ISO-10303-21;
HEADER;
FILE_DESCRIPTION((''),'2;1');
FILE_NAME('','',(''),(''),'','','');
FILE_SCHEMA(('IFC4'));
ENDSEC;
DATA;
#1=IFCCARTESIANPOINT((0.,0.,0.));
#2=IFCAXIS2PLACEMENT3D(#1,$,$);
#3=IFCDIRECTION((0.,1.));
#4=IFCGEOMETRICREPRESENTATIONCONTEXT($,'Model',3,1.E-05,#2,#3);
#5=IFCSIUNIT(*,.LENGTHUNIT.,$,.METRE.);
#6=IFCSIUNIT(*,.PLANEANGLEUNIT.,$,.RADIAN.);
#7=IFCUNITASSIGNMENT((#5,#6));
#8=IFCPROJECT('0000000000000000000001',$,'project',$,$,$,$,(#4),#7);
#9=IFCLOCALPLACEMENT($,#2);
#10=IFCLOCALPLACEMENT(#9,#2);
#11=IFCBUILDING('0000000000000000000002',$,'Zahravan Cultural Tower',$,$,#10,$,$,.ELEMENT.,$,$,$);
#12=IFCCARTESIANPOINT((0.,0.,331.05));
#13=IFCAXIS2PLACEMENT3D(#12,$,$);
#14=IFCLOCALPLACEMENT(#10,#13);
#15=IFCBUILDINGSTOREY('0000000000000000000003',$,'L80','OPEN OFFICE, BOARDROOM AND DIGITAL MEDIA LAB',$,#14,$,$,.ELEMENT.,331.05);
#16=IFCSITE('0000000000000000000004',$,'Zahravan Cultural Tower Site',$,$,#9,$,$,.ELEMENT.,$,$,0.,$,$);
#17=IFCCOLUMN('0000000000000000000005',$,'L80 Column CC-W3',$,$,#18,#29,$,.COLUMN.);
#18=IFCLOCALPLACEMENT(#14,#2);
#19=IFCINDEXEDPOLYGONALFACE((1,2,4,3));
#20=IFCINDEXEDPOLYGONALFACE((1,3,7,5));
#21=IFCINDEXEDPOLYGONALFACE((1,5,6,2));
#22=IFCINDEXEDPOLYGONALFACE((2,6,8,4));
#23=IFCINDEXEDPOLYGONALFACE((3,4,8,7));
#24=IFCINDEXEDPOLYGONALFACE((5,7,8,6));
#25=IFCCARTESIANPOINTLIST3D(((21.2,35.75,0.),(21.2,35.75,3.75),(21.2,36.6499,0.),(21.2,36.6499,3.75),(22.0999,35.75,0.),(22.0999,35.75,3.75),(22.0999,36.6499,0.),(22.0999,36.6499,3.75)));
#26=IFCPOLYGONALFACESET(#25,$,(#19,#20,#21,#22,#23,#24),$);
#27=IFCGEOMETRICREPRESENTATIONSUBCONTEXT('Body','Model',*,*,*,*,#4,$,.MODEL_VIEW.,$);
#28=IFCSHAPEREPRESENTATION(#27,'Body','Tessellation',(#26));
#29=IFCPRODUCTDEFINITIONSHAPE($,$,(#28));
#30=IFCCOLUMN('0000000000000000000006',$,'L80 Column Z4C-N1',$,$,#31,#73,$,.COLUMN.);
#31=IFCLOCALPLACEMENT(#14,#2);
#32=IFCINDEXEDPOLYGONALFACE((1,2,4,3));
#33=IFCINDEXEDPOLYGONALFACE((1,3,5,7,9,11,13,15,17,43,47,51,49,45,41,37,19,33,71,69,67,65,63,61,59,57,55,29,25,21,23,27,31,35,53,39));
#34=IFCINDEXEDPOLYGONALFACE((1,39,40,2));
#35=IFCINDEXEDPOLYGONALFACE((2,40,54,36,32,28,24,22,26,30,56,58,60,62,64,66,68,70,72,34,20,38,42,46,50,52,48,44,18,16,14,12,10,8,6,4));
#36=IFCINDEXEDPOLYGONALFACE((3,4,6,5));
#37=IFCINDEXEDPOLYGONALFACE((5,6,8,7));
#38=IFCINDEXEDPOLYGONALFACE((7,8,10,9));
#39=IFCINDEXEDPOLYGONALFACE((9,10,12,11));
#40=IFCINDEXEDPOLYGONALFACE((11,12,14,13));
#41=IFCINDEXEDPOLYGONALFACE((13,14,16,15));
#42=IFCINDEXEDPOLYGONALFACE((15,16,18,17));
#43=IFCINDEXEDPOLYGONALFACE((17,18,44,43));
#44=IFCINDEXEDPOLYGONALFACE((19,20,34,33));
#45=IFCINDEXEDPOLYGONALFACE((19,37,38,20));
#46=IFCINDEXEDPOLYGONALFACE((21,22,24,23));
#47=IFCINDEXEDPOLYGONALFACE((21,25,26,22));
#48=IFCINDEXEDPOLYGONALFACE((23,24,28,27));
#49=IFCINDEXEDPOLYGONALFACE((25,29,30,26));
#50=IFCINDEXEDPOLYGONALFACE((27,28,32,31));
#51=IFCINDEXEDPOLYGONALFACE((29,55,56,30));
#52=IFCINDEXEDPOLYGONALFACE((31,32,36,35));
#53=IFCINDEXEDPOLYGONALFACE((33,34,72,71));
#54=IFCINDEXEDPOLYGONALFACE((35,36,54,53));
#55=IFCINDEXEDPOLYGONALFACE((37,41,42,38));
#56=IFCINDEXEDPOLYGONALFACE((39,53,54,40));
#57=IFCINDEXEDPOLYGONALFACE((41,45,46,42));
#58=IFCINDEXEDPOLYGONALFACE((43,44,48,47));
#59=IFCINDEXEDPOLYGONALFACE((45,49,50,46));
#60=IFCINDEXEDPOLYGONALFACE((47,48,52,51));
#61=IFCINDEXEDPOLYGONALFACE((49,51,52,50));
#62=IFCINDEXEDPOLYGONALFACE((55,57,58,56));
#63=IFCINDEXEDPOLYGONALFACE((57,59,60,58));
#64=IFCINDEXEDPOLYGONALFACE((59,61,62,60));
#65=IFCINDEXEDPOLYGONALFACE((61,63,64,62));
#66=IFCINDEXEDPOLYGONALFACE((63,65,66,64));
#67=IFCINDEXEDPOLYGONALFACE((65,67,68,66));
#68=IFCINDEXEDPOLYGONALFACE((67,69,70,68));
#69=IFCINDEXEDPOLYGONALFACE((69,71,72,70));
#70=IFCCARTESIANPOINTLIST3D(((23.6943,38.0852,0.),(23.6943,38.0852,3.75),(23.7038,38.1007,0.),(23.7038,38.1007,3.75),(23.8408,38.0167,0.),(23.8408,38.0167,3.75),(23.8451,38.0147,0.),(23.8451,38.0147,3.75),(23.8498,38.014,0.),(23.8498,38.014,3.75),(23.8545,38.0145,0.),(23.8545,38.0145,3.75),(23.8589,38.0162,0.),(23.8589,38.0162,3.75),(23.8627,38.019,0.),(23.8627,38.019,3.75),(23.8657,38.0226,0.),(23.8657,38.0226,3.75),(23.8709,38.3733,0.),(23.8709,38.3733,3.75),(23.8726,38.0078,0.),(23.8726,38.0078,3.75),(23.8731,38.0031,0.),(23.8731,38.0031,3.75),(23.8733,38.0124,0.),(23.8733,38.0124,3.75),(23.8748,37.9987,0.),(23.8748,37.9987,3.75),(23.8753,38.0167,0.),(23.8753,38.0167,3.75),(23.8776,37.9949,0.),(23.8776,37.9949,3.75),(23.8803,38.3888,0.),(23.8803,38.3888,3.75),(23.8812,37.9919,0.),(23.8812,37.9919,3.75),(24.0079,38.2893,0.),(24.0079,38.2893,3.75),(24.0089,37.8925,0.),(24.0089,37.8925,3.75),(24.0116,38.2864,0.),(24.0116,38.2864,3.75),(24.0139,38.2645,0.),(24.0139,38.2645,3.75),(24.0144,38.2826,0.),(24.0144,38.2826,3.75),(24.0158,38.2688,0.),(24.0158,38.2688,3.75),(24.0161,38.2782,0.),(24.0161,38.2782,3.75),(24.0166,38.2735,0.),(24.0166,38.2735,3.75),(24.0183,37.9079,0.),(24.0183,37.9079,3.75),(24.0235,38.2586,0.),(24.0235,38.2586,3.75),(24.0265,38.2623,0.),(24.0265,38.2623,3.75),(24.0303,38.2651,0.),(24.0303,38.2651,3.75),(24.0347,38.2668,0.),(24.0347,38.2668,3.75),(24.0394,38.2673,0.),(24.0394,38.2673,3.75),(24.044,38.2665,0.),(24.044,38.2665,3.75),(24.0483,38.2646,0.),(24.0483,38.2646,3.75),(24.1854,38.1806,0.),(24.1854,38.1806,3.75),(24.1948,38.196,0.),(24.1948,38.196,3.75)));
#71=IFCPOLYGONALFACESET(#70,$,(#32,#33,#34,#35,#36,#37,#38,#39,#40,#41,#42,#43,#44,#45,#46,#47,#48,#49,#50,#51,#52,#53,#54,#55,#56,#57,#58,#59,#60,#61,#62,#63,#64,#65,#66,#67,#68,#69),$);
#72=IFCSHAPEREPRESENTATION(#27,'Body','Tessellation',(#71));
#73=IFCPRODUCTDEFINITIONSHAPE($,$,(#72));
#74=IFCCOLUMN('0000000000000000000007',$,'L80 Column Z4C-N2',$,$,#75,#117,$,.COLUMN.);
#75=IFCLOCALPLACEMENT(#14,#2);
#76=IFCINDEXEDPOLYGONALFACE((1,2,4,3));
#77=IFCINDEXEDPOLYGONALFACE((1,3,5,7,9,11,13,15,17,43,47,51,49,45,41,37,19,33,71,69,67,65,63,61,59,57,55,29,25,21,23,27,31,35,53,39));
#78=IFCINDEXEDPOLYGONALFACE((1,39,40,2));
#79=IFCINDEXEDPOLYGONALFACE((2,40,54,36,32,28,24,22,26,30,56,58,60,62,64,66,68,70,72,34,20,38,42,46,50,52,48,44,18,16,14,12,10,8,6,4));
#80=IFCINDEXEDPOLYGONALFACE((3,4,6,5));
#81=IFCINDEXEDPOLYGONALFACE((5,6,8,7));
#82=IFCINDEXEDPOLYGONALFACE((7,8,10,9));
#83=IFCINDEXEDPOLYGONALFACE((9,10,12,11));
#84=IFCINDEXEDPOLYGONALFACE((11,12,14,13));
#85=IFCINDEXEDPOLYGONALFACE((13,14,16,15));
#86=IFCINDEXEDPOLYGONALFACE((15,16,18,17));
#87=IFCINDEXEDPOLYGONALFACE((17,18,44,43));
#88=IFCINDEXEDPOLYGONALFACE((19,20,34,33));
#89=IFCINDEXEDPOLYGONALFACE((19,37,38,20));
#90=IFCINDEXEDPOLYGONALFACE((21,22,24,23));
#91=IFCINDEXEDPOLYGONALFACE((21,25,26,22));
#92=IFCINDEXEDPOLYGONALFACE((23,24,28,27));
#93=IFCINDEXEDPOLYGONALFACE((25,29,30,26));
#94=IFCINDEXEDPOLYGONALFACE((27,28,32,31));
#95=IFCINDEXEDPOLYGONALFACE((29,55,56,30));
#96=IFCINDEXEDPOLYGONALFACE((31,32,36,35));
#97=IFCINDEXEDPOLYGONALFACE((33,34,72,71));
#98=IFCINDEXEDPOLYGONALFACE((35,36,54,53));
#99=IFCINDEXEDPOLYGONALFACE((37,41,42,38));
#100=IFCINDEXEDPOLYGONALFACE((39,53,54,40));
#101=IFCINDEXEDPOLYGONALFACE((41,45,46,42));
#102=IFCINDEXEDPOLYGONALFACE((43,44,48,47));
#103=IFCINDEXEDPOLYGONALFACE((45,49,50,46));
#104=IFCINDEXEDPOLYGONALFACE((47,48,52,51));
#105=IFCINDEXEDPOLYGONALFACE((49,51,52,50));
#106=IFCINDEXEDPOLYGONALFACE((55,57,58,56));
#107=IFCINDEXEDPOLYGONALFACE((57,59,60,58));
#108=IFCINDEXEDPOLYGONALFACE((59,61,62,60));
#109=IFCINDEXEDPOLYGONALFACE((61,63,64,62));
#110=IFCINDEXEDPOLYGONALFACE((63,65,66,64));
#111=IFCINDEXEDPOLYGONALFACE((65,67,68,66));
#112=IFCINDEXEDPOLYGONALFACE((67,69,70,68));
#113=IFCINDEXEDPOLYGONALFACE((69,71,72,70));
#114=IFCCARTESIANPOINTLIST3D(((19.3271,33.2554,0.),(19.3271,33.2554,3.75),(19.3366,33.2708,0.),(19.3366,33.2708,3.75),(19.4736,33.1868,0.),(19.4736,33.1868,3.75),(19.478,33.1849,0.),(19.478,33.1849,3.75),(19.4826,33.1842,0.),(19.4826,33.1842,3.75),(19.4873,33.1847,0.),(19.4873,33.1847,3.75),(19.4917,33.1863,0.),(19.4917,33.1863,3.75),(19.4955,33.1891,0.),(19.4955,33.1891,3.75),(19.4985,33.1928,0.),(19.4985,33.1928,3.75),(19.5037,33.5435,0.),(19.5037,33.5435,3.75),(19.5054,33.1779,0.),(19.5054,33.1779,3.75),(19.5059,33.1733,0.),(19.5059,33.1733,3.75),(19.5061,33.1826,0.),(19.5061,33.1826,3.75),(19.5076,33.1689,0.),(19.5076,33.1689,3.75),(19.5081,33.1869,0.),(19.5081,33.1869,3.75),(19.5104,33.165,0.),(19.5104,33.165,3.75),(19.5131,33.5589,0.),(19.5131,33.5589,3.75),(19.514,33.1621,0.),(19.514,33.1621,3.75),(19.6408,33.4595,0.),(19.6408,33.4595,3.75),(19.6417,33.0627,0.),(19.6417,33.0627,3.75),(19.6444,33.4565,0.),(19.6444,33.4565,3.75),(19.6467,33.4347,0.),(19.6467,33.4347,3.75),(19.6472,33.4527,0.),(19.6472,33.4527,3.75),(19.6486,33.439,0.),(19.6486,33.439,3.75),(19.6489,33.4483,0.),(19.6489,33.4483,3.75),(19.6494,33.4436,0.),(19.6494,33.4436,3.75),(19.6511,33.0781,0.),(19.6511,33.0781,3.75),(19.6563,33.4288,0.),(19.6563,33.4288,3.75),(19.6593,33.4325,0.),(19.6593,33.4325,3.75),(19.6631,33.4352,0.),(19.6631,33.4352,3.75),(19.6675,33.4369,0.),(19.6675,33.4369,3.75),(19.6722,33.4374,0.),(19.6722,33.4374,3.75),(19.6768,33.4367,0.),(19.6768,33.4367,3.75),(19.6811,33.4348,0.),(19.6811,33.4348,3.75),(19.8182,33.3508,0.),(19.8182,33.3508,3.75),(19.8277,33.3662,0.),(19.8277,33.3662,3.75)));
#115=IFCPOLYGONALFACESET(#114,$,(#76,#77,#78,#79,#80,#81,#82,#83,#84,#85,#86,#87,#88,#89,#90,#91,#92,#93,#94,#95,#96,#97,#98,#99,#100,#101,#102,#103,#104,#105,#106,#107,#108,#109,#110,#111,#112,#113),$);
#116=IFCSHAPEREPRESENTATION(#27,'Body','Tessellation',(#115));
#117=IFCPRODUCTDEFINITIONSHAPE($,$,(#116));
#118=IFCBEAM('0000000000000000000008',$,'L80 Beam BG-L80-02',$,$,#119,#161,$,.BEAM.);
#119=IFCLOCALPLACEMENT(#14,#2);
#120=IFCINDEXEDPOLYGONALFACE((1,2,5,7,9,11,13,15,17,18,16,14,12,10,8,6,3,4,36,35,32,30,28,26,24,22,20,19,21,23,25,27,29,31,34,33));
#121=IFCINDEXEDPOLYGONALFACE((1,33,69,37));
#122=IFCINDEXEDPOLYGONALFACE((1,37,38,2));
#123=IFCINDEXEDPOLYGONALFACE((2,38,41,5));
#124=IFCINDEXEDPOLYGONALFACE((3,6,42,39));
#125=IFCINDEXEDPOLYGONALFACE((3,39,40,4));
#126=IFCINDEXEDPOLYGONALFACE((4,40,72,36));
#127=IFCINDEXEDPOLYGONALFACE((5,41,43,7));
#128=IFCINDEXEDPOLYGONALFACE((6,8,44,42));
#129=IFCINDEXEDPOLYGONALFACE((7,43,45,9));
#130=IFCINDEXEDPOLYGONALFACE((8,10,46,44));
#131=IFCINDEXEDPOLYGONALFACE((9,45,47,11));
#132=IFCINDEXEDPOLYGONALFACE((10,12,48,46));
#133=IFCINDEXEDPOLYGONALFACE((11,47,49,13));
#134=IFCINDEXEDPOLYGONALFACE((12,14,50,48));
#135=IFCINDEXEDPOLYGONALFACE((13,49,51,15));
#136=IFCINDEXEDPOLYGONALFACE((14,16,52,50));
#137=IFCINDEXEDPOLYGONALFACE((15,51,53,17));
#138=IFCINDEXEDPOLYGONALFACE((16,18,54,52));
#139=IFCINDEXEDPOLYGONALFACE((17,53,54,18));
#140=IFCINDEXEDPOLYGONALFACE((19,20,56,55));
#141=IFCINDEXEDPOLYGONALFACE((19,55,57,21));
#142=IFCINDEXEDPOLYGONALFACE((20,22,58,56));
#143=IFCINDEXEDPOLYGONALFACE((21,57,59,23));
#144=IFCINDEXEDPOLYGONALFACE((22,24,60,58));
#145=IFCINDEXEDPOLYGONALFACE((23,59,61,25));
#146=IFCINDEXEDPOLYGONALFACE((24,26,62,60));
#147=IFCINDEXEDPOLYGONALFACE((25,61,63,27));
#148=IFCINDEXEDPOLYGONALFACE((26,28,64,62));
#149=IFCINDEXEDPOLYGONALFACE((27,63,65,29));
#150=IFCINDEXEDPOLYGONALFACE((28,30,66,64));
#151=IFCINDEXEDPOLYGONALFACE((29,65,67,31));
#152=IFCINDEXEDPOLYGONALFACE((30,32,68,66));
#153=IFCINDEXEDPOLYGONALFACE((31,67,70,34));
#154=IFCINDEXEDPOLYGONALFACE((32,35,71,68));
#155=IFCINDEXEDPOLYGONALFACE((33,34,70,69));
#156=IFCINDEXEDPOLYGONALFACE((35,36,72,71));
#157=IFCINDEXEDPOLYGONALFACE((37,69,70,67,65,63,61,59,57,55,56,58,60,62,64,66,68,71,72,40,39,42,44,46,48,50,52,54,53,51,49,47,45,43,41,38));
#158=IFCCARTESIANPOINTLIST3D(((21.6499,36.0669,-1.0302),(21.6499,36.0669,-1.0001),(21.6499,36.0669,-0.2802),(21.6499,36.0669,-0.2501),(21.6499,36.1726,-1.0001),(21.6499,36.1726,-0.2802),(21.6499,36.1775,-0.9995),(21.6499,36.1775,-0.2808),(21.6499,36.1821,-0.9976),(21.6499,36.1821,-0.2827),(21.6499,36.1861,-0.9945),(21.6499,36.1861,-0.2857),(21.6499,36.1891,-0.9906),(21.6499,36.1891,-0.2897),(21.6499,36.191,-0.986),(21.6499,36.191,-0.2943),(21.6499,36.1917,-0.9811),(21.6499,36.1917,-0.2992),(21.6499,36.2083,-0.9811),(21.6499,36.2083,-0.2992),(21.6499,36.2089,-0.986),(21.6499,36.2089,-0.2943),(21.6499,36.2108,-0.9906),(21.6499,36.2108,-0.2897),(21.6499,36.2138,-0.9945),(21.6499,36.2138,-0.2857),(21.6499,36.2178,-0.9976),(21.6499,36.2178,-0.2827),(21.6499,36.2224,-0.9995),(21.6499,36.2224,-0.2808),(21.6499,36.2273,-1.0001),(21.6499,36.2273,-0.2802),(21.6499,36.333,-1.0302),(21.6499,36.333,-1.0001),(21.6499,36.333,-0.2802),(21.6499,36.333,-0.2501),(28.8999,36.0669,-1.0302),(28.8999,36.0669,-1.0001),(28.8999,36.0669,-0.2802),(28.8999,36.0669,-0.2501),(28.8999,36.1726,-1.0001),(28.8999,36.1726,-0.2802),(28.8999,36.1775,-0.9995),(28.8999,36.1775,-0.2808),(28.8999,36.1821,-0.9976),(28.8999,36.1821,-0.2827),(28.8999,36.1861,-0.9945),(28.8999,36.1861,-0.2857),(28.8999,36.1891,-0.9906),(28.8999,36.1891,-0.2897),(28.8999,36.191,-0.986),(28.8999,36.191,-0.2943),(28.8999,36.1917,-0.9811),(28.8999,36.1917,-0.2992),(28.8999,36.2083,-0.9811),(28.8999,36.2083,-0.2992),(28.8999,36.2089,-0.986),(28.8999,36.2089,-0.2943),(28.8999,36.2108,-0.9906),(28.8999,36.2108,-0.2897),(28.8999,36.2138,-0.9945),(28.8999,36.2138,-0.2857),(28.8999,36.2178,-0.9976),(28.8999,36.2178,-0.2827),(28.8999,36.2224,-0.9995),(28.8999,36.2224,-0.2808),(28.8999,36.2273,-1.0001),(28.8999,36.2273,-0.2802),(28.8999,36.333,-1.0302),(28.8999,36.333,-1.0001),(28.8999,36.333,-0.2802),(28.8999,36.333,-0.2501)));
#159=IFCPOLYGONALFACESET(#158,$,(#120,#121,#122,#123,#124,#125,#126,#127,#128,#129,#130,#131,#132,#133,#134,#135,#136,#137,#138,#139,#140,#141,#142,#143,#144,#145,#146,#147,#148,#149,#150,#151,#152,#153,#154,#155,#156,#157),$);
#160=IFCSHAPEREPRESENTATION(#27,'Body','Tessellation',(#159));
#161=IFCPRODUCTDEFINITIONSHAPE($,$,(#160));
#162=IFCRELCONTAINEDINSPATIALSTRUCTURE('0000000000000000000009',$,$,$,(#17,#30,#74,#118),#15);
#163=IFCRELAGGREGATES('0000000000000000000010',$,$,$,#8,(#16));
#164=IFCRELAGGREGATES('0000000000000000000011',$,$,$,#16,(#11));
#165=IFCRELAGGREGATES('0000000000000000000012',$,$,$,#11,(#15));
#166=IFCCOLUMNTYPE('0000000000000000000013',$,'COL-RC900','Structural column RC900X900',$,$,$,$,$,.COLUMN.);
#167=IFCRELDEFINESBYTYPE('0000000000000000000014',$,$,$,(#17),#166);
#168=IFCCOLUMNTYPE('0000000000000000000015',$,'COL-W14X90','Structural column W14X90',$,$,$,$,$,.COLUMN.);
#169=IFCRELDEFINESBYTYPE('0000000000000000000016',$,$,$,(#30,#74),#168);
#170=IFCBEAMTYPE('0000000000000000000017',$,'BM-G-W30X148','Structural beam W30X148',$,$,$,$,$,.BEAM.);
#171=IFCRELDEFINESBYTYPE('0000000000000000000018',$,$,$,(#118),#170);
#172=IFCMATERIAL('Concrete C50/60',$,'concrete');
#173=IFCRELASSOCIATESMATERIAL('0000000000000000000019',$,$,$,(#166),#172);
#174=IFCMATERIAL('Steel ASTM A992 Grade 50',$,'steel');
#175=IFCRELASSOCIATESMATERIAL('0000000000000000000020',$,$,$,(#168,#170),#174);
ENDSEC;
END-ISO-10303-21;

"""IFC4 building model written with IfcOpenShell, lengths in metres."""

from ifc_helpers import new_model, si_unit, direction, frame, origin, origin_2d, place, context, subcontext, project, spatial, rectangle, i_section, extrude, source, transform, mapped, material, material_profile, profile_set, type_object, element, save


model = new_model("IFC4")

# Units and contexts
model_context = context("Model", 3, precision=1e-05, world=origin(), true_north=direction((0.0, 1.0)))
body_context = subcontext(model_context, "Body", "Model", "MODEL_VIEW")
ifc_project = project(units=[si_unit("LENGTHUNIT", "METRE"), si_unit("PLANEANGLEUNIT", "RADIAN")], contexts=[model_context])

# Site, building, storey
site_placement = place(None, origin())
site = spatial("IfcSite", under=ifc_project, at=site_placement, Name="Zahravan Cultural Tower Site", CompositionType="ELEMENT", RefElevation=0.0)
building_placement = place(site_placement, origin())
building = spatial("IfcBuilding", under=site, at=building_placement, Name="Zahravan Cultural Tower", CompositionType="ELEMENT")
storey_placement = place(building_placement, frame((0.0, 0.0, 331.05)))
storey = spatial("IfcBuildingStorey", under=building, at=storey_placement, Name="L80", Description="OPEN OFFICE, BOARDROOM AND DIGITAL MEDIA LAB", CompositionType="ELEMENT", Elevation=331.05)

# Columns
ifc_material_1 = material(Name="Concrete C50/60", Category="concrete")
ifc_material_profile_1 = material_profile(ifc_material_1, rectangle(XDim=0.8999, YDim=0.8999, at=origin_2d()), Name="RC900X900")
ifc_profile_set_1 = profile_set([ifc_material_profile_1], Name="Concrete C50/60")
column_type_1 = type_object("IfcColumnType", Name="COL-RC900", Description="Structural column RC900X900", PredefinedType="COLUMN", material=ifc_profile_set_1)
shared_shape_1 = source(origin(), body_context, "Body", "SweptSolid", [
    extrude(rectangle(XDim=0.8999, YDim=0.8999, at=origin_2d()), origin(), (0.0, 0.0, 1.0), 3.75),
])
column_placement = place(storey_placement, frame((21.6499, 36.2, 0.0), z_axis=(0.0, 0.0, 1.0), x_axis=(1.0, 0.0, 0.0)))
element("IfcColumn", 1, at=column_placement, inside=storey, type_object=column_type_1, Name="L80 Column CC-W3", PredefinedType="COLUMN", context=body_context, shape_type="MappedRepresentation", body=[
    mapped(shared_shape_1, transform((0.0, 0.0, 0.0), x_axis=(1.0, 0.0, 0.0), y_axis=(0.0, 1.0, 0.0), z_axis=(0.0, 0.0, 1.0), scale=1.0)),
])
ifc_material_2 = material(Name="Steel ASTM A992 Grade 50", Category="steel")
ifc_material_profile_2 = material_profile(ifc_material_2, i_section(OverallWidth=0.3689, OverallDepth=0.356, WebThickness=0.0112, FlangeThickness=0.0181, FilletRadius=0.0181, at=origin_2d()), Name="W14X90")
ifc_profile_set_2 = profile_set([ifc_material_profile_2], Name="Steel ASTM A992 Grade 50")
column_type_2 = type_object("IfcColumnType", Name="COL-W14X90", Description="Structural column W14X90", PredefinedType="COLUMN", material=ifc_profile_set_2)
shared_shape_2 = source(origin(), body_context, "Body", "SweptSolid", [
    extrude(i_section(OverallWidth=0.3689, OverallDepth=0.356, WebThickness=0.0112, FlangeThickness=0.0181, FilletRadius=0.0181, at=origin_2d()), origin(), (0.0, 0.0, 1.0), 3.75),
])
for number, where, z_axis, x_axis, name in (
    (2, (23.9446, 38.1406, 0.0), (0.0, 0.0, 1.0), (-0.85264, 0.522499, 0.0), "L80 Column Z4C-N1"),
    (3, (19.5774, 33.3108, 0.0), (0.0, 0.0, 1.0), (-0.85264, 0.522499, 0.0), "L80 Column Z4C-N2"),
):
    element("IfcColumn", number, at=place(storey_placement, frame(where, z_axis=z_axis, x_axis=x_axis)), inside=storey, type_object=column_type_2, Name=name, PredefinedType="COLUMN", context=body_context, shape_type="MappedRepresentation", body=[
        mapped(shared_shape_2, transform((0.0, 0.0, 0.0), x_axis=(1.0, 0.0, 0.0), y_axis=(0.0, 1.0, 0.0), z_axis=(0.0, 0.0, 1.0), scale=1.0)),
    ])

# Beam
ifc_material_profile_3 = material_profile(ifc_material_2, i_section(OverallWidth=0.2661, OverallDepth=0.78, WebThickness=0.0166, FlangeThickness=0.03, FilletRadius=0.019, at=origin_2d()), Name="W30X148")
ifc_profile_set_3 = profile_set([ifc_material_profile_3], Name="Steel ASTM A992 Grade 50")
beam_type_1 = type_object("IfcBeamType", Name="BM-G-W30X148", Description="Structural beam W30X148", PredefinedType="BEAM", material=ifc_profile_set_3)
shared_shape_3 = source(origin(), body_context, "Body", "SweptSolid", [
    extrude(i_section(OverallWidth=0.2661, OverallDepth=0.78, WebThickness=0.0166, FlangeThickness=0.03, FilletRadius=0.019, at=origin_2d()), origin(), (0.0, 0.0, 1.0), 7.25),
])
beam_1_placement = place(storey_placement, frame((21.6499, 36.2, -0.6401), z_axis=(1.0, 0.0, 0.0), x_axis=(0.0, 1.0, 0.0)))
element("IfcBeam", 4, at=beam_1_placement, inside=storey, type_object=beam_type_1, Name="L80 Beam BG-L80-02", PredefinedType="BEAM", context=body_context, shape_type="MappedRepresentation", body=[
    mapped(shared_shape_3, transform((0.0, 0.0, 0.0), x_axis=(1.0, 0.0, 0.0), y_axis=(0.0, 1.0, 0.0), z_axis=(0.0, 0.0, 1.0), scale=1.0)),
])

save(model, "model.ifc")
